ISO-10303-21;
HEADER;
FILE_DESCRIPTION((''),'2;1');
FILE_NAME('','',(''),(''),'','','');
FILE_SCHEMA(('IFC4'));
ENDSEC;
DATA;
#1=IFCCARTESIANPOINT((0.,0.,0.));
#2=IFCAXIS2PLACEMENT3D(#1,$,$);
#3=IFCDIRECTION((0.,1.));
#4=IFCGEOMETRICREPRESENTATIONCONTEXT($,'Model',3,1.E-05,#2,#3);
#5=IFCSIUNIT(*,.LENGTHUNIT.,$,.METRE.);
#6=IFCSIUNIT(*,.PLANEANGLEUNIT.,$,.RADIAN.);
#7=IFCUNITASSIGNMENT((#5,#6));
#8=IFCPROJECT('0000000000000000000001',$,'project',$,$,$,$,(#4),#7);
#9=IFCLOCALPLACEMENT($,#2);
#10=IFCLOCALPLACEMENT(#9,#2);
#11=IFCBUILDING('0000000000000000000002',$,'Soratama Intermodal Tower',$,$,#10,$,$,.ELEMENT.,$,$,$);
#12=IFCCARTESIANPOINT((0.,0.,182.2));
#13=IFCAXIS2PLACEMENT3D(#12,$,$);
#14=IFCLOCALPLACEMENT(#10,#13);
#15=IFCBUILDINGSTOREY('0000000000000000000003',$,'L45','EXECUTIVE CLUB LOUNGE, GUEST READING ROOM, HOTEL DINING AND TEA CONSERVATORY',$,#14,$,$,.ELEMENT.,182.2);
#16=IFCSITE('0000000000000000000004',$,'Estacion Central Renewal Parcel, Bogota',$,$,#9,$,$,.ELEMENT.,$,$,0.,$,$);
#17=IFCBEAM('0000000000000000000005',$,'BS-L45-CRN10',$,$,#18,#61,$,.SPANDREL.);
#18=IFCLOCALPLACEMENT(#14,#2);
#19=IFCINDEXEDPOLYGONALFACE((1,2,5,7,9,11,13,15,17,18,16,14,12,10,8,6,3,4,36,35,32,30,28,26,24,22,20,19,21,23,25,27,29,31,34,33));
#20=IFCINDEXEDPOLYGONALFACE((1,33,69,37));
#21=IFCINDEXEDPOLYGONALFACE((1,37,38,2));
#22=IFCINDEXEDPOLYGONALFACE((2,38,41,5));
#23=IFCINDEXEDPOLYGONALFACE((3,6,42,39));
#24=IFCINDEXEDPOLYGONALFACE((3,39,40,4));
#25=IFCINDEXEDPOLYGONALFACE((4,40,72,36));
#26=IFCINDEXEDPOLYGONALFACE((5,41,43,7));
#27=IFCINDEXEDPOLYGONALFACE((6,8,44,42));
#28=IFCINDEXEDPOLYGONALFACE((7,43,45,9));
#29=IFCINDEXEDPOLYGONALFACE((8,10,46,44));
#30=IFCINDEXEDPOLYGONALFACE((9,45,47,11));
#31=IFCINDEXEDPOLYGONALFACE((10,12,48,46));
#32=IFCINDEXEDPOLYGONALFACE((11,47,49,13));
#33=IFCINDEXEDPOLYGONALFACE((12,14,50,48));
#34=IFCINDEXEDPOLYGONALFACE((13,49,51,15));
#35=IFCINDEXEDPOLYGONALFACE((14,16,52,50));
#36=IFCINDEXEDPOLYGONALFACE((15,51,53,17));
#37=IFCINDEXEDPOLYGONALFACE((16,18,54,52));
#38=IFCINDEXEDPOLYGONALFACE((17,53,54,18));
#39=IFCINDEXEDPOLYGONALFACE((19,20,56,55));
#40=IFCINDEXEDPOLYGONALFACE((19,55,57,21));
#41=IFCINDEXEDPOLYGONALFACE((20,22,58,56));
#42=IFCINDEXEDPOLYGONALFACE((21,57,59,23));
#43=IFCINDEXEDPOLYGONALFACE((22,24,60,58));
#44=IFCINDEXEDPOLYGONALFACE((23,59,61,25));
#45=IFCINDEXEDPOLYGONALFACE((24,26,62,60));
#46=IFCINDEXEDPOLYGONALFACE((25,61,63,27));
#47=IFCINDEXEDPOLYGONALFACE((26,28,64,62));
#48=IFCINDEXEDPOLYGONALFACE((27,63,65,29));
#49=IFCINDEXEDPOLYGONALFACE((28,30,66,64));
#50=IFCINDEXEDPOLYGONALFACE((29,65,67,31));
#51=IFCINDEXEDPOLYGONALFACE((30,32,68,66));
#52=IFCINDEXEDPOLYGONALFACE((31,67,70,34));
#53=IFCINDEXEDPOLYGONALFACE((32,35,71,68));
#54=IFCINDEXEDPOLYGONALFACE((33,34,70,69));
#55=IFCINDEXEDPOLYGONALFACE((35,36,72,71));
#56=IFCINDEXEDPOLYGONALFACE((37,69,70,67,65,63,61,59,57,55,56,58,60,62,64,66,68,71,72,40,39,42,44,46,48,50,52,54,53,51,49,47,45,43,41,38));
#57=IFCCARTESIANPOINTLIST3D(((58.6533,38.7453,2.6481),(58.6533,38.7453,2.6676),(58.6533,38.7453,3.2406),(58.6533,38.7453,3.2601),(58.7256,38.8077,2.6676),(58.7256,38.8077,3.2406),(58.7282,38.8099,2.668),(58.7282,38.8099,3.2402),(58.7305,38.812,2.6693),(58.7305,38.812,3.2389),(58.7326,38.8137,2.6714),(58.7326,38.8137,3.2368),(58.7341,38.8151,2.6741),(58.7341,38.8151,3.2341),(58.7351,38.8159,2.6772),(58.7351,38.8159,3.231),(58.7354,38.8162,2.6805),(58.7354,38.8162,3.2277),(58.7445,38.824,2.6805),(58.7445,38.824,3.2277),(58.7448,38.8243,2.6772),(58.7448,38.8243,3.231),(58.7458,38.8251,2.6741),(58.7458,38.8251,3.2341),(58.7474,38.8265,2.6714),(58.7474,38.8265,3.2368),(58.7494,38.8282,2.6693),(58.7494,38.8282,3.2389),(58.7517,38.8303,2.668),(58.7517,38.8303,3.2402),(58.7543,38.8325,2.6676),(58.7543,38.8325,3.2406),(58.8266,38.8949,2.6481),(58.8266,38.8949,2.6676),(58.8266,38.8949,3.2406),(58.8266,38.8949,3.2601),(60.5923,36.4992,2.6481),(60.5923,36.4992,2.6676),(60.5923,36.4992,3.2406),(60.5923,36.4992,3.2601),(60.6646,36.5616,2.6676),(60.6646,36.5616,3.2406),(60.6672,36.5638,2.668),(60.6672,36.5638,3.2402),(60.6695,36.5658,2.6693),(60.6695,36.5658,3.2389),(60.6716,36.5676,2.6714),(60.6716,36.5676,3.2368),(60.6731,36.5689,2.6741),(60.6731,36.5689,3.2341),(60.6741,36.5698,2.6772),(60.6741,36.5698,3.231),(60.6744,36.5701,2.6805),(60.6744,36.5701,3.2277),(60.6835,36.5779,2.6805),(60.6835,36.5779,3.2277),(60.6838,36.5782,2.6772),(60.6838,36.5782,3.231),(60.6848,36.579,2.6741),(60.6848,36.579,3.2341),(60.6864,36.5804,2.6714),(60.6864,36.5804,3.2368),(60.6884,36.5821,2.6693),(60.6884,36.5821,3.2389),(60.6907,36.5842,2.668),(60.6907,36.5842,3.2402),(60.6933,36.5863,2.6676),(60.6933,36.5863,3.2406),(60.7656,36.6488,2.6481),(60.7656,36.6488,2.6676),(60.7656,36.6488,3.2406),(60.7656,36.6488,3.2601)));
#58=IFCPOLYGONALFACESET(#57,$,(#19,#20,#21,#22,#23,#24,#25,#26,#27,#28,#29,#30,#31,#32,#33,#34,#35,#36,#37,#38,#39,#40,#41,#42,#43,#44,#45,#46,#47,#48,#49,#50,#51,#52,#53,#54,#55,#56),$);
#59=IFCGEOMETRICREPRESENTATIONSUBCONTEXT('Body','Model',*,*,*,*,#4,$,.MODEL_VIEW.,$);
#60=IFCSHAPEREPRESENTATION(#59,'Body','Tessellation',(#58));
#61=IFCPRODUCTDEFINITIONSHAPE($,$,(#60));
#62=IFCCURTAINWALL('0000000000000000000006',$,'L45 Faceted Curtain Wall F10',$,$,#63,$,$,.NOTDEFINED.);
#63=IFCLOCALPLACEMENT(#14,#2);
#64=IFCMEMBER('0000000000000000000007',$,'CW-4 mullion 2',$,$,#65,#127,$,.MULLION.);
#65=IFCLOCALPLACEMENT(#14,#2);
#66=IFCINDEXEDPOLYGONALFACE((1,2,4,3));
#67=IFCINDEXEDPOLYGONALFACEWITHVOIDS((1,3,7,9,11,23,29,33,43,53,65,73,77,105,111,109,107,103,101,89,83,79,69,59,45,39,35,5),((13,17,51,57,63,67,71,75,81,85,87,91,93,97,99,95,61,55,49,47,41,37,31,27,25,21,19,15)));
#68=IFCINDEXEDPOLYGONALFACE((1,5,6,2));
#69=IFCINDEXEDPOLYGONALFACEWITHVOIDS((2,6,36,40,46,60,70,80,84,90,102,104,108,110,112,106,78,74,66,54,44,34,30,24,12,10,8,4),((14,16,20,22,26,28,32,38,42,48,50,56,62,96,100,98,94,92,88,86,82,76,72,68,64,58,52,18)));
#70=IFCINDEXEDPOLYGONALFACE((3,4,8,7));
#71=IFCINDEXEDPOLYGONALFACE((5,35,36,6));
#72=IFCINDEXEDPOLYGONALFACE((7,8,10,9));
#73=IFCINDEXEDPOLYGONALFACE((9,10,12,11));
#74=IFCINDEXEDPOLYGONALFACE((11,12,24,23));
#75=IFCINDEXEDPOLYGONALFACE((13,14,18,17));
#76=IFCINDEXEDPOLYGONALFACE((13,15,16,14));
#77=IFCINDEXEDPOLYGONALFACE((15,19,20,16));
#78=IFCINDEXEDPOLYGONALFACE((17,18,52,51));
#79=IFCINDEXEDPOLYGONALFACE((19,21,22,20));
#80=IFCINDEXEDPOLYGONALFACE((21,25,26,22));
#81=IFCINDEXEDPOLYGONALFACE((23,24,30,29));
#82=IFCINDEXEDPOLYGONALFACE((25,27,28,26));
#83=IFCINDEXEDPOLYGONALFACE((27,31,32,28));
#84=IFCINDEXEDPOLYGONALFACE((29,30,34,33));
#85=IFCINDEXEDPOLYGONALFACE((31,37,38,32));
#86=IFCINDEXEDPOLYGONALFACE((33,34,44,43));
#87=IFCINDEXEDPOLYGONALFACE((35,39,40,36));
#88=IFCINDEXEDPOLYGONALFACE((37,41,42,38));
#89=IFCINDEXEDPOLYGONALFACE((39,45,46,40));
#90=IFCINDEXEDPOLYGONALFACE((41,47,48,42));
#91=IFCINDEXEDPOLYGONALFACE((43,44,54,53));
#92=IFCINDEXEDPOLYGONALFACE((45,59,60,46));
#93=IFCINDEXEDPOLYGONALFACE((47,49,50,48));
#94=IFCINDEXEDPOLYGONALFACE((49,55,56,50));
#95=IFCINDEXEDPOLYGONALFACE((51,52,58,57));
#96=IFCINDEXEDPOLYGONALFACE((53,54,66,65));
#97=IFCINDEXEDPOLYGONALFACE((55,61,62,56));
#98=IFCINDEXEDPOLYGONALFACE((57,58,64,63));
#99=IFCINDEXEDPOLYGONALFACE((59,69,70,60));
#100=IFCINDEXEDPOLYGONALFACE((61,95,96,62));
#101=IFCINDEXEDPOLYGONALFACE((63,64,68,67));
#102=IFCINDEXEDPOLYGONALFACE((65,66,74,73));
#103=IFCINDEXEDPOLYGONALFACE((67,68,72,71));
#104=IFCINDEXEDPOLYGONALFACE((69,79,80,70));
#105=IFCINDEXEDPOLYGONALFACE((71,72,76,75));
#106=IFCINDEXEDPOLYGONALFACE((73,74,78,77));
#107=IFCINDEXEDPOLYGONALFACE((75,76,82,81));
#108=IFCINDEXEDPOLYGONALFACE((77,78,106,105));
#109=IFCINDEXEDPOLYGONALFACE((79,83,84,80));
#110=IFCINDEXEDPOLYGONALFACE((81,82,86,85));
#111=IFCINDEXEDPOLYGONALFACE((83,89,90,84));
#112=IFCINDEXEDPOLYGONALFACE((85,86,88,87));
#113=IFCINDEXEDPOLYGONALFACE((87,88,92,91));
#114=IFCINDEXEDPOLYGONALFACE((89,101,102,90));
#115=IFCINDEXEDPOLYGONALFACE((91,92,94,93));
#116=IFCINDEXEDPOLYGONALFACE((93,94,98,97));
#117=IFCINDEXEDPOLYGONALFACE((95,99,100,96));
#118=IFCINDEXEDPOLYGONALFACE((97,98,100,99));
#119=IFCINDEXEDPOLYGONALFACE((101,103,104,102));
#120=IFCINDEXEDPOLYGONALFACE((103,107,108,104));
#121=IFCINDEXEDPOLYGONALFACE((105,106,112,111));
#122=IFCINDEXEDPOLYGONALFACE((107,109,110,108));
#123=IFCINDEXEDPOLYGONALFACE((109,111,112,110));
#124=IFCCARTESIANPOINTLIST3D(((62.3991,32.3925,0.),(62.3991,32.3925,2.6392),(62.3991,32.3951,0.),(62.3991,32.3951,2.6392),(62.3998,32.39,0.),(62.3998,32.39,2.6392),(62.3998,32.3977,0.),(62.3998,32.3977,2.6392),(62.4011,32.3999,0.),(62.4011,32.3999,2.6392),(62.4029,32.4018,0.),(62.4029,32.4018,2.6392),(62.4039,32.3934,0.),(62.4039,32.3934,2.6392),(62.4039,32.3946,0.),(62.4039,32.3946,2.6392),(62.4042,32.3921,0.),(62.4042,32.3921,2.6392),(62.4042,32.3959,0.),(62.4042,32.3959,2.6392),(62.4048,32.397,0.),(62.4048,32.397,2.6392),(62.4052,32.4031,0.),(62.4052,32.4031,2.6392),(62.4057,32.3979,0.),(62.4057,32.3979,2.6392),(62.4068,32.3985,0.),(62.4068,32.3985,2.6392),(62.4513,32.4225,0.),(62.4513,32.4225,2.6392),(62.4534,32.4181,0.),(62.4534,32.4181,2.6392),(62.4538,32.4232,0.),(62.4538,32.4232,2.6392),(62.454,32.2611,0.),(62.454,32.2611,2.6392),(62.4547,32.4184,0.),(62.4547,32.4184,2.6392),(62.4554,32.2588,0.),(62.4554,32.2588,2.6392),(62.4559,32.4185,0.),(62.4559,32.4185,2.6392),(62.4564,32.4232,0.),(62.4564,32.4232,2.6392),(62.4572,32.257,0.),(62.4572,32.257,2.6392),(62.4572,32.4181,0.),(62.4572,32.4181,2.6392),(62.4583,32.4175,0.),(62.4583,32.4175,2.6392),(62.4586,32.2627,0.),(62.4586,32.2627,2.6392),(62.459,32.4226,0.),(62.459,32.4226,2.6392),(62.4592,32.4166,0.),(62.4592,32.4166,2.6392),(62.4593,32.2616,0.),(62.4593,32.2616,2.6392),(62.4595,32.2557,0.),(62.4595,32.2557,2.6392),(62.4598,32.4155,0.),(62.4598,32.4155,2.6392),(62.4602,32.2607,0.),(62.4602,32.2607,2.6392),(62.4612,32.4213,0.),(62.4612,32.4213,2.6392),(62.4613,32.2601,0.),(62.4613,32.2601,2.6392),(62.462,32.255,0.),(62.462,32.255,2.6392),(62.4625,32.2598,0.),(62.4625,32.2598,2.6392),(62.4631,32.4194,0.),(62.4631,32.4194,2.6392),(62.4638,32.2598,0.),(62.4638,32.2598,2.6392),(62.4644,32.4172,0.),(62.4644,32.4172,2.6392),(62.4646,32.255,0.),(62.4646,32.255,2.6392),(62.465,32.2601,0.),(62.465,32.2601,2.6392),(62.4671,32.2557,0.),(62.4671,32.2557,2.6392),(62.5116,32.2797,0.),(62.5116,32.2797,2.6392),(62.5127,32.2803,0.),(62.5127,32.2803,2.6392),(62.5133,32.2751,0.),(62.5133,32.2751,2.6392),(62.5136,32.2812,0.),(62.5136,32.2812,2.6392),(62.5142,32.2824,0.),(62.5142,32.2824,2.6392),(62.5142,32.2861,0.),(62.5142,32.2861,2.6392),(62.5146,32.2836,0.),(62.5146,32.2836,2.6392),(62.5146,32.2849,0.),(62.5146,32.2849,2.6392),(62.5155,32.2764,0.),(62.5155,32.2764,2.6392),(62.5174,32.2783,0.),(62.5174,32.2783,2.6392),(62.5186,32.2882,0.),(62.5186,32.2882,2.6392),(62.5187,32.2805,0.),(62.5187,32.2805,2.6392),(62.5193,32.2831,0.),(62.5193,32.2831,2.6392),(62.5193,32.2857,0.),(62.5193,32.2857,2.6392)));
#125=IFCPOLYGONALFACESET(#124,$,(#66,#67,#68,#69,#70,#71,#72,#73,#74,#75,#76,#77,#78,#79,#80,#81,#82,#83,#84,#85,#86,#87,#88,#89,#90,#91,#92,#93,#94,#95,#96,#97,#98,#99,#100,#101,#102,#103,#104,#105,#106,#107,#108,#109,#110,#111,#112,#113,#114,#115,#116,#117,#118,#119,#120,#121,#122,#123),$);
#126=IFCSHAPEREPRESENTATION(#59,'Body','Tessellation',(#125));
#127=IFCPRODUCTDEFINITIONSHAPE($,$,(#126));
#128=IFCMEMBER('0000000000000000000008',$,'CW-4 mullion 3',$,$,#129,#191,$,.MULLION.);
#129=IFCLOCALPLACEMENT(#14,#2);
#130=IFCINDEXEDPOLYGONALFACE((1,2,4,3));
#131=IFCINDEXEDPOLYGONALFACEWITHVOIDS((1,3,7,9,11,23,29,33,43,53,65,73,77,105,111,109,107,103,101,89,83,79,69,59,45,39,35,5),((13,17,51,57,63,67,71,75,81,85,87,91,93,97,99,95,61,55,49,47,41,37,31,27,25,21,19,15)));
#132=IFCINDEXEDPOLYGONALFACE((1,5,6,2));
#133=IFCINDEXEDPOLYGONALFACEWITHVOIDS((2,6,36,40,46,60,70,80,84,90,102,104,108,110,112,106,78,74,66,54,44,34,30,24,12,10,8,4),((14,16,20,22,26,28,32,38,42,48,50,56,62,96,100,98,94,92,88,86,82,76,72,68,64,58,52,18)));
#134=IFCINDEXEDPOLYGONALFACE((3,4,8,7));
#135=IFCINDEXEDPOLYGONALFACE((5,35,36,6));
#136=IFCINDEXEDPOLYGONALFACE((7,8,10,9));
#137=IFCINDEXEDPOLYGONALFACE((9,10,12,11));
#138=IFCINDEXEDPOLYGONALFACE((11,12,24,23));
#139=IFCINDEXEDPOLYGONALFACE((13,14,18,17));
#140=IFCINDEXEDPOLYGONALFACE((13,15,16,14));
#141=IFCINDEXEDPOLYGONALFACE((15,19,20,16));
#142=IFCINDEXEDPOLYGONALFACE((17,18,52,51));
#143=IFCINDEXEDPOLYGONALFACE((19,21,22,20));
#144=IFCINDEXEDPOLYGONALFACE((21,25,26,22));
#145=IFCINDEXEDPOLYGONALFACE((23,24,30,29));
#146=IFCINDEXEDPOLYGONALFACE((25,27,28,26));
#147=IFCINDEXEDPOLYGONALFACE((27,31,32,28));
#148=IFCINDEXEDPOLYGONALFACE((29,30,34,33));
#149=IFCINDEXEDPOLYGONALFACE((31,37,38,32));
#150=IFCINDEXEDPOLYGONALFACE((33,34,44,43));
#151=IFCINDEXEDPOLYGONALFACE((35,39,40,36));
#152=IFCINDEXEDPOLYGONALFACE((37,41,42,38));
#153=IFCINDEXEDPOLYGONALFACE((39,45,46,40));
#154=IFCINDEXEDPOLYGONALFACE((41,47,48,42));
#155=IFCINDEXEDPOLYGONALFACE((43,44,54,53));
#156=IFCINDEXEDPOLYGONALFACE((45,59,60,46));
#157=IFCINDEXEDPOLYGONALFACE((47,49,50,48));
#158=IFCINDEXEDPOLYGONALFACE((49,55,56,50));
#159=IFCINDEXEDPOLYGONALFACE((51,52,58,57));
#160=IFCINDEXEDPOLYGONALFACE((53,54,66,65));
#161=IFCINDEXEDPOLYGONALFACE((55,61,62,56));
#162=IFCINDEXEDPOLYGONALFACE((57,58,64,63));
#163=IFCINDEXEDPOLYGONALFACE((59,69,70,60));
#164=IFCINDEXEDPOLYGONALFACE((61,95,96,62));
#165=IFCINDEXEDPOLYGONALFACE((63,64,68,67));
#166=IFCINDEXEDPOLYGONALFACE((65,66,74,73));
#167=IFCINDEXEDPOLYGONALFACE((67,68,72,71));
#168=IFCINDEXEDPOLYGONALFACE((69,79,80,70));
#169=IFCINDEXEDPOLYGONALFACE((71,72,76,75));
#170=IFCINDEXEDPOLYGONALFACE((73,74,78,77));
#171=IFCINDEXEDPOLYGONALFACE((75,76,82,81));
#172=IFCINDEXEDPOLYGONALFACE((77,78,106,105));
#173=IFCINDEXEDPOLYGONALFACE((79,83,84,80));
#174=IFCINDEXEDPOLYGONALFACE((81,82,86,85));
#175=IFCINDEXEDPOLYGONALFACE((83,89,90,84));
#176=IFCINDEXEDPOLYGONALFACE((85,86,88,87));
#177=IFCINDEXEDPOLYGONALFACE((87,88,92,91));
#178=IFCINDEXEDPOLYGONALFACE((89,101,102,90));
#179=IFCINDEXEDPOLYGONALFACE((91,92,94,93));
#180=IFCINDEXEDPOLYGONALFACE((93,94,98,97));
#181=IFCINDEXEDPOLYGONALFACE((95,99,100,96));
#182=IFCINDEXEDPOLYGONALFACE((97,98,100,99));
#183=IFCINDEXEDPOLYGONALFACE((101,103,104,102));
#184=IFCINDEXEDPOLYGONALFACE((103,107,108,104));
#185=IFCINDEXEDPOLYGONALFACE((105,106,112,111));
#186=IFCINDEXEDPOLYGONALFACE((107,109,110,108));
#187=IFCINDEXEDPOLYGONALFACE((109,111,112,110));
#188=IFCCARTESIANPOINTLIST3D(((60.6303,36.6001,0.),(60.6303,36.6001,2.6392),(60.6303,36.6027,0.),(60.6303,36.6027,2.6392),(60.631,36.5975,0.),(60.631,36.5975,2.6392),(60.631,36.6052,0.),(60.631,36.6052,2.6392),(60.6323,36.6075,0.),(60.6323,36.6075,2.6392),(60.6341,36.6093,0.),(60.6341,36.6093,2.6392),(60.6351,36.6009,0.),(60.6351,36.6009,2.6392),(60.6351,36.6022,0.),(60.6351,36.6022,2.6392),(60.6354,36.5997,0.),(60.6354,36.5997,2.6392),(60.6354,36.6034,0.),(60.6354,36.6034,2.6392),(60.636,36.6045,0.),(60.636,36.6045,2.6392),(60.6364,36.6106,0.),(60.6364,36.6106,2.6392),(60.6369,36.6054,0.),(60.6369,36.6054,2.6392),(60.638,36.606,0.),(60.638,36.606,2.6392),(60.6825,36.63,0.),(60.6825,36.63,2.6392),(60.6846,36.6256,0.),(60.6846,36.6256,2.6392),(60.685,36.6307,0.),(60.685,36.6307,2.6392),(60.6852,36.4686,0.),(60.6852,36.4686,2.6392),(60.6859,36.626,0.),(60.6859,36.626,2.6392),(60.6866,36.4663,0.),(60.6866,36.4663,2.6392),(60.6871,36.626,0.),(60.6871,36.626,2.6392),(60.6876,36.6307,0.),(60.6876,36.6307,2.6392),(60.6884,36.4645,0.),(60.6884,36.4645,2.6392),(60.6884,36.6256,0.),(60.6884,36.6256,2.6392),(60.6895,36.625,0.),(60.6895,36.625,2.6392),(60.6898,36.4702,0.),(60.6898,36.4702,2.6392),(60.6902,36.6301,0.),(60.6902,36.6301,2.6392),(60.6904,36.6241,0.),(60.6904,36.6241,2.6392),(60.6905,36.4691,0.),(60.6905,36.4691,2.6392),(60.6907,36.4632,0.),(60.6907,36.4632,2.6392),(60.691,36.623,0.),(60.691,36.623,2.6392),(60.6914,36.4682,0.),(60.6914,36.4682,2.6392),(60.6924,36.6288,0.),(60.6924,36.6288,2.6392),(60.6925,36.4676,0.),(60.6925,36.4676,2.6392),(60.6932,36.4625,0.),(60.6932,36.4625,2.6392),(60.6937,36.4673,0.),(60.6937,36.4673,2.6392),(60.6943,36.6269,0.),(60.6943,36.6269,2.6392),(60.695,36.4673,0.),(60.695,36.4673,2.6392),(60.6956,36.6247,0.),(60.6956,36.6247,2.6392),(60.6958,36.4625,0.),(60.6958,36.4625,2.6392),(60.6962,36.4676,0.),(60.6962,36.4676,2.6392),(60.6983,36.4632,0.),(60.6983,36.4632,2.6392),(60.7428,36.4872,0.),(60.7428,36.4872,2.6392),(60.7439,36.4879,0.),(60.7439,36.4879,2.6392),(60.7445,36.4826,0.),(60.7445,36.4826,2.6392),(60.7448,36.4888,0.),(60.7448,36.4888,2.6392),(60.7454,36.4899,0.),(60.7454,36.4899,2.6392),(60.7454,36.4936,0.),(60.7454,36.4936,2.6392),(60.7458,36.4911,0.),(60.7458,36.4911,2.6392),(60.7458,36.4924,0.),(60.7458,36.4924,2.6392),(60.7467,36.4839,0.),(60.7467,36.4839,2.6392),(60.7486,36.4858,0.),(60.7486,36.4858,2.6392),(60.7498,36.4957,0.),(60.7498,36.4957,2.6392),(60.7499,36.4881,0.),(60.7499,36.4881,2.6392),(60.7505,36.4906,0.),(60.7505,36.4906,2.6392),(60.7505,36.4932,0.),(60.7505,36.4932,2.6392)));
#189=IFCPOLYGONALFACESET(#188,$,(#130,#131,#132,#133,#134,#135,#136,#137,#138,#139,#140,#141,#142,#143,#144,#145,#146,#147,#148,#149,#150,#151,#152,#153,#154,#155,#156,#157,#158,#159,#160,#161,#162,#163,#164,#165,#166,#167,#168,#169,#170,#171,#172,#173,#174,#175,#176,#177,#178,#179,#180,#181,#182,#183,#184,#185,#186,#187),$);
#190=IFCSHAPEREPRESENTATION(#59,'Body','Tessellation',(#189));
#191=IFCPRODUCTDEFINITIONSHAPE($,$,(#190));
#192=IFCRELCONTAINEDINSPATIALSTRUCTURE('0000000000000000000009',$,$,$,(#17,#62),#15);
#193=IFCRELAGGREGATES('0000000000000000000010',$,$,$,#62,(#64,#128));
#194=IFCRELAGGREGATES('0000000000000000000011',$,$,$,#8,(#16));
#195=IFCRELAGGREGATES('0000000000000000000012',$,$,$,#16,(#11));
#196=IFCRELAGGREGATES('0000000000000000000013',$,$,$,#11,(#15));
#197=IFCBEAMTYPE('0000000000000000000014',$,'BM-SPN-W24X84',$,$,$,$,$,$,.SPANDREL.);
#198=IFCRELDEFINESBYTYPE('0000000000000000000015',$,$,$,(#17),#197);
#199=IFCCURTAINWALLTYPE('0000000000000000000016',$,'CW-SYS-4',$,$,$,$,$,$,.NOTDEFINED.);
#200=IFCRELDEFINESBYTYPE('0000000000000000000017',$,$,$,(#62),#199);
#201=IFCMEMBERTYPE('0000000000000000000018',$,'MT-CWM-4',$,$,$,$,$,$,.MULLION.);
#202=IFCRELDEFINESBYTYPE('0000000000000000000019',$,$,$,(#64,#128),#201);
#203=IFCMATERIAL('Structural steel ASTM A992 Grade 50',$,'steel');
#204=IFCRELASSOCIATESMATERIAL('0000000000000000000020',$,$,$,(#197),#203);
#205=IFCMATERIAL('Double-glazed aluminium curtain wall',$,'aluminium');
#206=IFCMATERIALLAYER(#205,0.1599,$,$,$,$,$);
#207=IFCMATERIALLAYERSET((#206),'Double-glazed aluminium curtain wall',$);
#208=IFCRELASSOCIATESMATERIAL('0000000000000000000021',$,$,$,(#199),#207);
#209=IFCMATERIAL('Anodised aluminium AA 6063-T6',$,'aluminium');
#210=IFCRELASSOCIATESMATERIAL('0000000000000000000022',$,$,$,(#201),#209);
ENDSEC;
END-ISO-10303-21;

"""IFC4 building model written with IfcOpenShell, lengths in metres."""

from ifc_helpers import new_model, si_unit, direction, frame, origin, origin_2d, place, context, subcontext, project, spatial, hollow_rectangle, i_section, extrude, material, layer, layer_set, material_profile, profile_set, type_object, element, aggregate, save


model = new_model("IFC4")

# Units and contexts
model_context = context("Model", 3, precision=1e-05, world=origin(), true_north=direction((0.0, 1.0)))
body_context = subcontext(model_context, "Body", "Model", "MODEL_VIEW")
ifc_project = project(units=[si_unit("LENGTHUNIT", "METRE"), si_unit("PLANEANGLEUNIT", "RADIAN")], contexts=[model_context])

# Site, building, storey
site_placement = place(None, origin())
site = spatial("IfcSite", under=ifc_project, at=site_placement, Name="Estacion Central Renewal Parcel, Bogota", CompositionType="ELEMENT", RefElevation=0.0)
building_placement = place(site_placement, origin())
building = spatial("IfcBuilding", under=site, at=building_placement, Name="Soratama Intermodal Tower", CompositionType="ELEMENT")
storey_placement = place(building_placement, frame((0.0, 0.0, 182.2)))
storey = spatial("IfcBuildingStorey", under=building, at=storey_placement, Name="L45", Description="EXECUTIVE CLUB LOUNGE, GUEST READING ROOM, HOTEL DINING AND TEA CONSERVATORY", CompositionType="ELEMENT", Elevation=182.2)

# Beam
ifc_material_1 = material(Name="Structural steel ASTM A992 Grade 50", Category="steel")
ifc_material_profile_1 = material_profile(ifc_material_1, i_section(OverallWidth=0.229, OverallDepth=0.6121, WebThickness=0.012, FlangeThickness=0.0195, FilletRadius=0.0129, at=origin_2d()), Name="W24X84")
ifc_profile_set_1 = profile_set([ifc_material_profile_1], Name="Structural steel ASTM A992 Grade 50")
beam_type_1 = type_object("IfcBeamType", Name="BM-SPN-W24X84", PredefinedType="SPANDREL", material=ifc_profile_set_1)
beam_placement = place(storey_placement, frame((60.679, 36.574, 2.9541), z_axis=(-0.653457, 0.756964, 0.0), x_axis=(-0.756964, -0.653457, 0.0)))
element("IfcBeam", 1, at=beam_placement, inside=storey, type_object=beam_type_1, Name="BS-L45-CRN10", PredefinedType="SPANDREL", context=body_context, shape_type="SweptSolid", body=[
    extrude(i_section(OverallWidth=0.229, OverallDepth=0.6121, WebThickness=0.012, FlangeThickness=0.0195, FilletRadius=0.0129, at=origin_2d()), origin(), (0.0, 0.0, 1.0), 2.9673),
])

# Curtain wall, members
ifc_material_2 = material(Name="Double-glazed aluminium curtain wall", Category="aluminium")
ifc_layer_1 = layer(ifc_material_2, 0.1599)
ifc_layer_set_1 = layer_set([ifc_layer_1], Name="Double-glazed aluminium curtain wall")
curtain_wall_type = type_object("IfcCurtainWallType", Name="CW-SYS-4", PredefinedType="NOTDEFINED", material=ifc_layer_set_1)
curtain_wall_placement = place(storey_placement, origin())
curtain_wall = element("IfcCurtainWall", 2, at=curtain_wall_placement, inside=storey, type_object=curtain_wall_type, Name="L45 Faceted Curtain Wall F10", PredefinedType="NOTDEFINED")
ifc_material_3 = material(Name="Anodised aluminium AA 6063-T6", Category="aluminium")
ifc_material_profile_2 = material_profile(ifc_material_3, hollow_rectangle(XDim=0.0701, YDim=0.1599, WallThickness=0.0049, InnerFilletRadius=0.0049, OuterFilletRadius=0.01, at=origin_2d()), Name="CWM160X70X5")
ifc_profile_set_2 = profile_set([ifc_material_profile_2], Name="Anodised aluminium AA 6063-T6")
member_type_1 = type_object("IfcMemberType", Name="MT-CWM-4", PredefinedType="MULLION", material=ifc_profile_set_2)
member_1_placement = place(storey_placement, frame((62.4592, 32.3391, 0.0), z_axis=(0.0, 0.0, 1.0), x_axis=(-0.921861, -0.387521, 0.0)))
member_1 = element("IfcMember", 3, at=member_1_placement, type_object=member_type_1, Name="CW-4 mullion 2", PredefinedType="MULLION", context=body_context, shape_type="SweptSolid", body=[
    extrude(hollow_rectangle(XDim=0.0701, YDim=0.1599, WallThickness=0.0049, InnerFilletRadius=0.0049, OuterFilletRadius=0.01, at=origin_2d()), origin(), (0.0, 0.0, 1.0), 2.6392),
])
member_2_placement = place(storey_placement, frame((60.6904, 36.5466, 0.0), z_axis=(0.0, 0.0, 1.0), x_axis=(-0.921861, -0.387521, 0.0)))
member_2 = element("IfcMember", 4, at=member_2_placement, type_object=member_type_1, Name="CW-4 mullion 3", PredefinedType="MULLION", context=body_context, shape_type="SweptSolid", body=[
    extrude(hollow_rectangle(XDim=0.0701, YDim=0.1599, WallThickness=0.0049, InnerFilletRadius=0.0049, OuterFilletRadius=0.01, at=origin_2d()), origin(), (0.0, 0.0, 1.0), 2.6392),
])
aggregate(curtain_wall, [member_1, member_2])

save(model, "model.ifc")
